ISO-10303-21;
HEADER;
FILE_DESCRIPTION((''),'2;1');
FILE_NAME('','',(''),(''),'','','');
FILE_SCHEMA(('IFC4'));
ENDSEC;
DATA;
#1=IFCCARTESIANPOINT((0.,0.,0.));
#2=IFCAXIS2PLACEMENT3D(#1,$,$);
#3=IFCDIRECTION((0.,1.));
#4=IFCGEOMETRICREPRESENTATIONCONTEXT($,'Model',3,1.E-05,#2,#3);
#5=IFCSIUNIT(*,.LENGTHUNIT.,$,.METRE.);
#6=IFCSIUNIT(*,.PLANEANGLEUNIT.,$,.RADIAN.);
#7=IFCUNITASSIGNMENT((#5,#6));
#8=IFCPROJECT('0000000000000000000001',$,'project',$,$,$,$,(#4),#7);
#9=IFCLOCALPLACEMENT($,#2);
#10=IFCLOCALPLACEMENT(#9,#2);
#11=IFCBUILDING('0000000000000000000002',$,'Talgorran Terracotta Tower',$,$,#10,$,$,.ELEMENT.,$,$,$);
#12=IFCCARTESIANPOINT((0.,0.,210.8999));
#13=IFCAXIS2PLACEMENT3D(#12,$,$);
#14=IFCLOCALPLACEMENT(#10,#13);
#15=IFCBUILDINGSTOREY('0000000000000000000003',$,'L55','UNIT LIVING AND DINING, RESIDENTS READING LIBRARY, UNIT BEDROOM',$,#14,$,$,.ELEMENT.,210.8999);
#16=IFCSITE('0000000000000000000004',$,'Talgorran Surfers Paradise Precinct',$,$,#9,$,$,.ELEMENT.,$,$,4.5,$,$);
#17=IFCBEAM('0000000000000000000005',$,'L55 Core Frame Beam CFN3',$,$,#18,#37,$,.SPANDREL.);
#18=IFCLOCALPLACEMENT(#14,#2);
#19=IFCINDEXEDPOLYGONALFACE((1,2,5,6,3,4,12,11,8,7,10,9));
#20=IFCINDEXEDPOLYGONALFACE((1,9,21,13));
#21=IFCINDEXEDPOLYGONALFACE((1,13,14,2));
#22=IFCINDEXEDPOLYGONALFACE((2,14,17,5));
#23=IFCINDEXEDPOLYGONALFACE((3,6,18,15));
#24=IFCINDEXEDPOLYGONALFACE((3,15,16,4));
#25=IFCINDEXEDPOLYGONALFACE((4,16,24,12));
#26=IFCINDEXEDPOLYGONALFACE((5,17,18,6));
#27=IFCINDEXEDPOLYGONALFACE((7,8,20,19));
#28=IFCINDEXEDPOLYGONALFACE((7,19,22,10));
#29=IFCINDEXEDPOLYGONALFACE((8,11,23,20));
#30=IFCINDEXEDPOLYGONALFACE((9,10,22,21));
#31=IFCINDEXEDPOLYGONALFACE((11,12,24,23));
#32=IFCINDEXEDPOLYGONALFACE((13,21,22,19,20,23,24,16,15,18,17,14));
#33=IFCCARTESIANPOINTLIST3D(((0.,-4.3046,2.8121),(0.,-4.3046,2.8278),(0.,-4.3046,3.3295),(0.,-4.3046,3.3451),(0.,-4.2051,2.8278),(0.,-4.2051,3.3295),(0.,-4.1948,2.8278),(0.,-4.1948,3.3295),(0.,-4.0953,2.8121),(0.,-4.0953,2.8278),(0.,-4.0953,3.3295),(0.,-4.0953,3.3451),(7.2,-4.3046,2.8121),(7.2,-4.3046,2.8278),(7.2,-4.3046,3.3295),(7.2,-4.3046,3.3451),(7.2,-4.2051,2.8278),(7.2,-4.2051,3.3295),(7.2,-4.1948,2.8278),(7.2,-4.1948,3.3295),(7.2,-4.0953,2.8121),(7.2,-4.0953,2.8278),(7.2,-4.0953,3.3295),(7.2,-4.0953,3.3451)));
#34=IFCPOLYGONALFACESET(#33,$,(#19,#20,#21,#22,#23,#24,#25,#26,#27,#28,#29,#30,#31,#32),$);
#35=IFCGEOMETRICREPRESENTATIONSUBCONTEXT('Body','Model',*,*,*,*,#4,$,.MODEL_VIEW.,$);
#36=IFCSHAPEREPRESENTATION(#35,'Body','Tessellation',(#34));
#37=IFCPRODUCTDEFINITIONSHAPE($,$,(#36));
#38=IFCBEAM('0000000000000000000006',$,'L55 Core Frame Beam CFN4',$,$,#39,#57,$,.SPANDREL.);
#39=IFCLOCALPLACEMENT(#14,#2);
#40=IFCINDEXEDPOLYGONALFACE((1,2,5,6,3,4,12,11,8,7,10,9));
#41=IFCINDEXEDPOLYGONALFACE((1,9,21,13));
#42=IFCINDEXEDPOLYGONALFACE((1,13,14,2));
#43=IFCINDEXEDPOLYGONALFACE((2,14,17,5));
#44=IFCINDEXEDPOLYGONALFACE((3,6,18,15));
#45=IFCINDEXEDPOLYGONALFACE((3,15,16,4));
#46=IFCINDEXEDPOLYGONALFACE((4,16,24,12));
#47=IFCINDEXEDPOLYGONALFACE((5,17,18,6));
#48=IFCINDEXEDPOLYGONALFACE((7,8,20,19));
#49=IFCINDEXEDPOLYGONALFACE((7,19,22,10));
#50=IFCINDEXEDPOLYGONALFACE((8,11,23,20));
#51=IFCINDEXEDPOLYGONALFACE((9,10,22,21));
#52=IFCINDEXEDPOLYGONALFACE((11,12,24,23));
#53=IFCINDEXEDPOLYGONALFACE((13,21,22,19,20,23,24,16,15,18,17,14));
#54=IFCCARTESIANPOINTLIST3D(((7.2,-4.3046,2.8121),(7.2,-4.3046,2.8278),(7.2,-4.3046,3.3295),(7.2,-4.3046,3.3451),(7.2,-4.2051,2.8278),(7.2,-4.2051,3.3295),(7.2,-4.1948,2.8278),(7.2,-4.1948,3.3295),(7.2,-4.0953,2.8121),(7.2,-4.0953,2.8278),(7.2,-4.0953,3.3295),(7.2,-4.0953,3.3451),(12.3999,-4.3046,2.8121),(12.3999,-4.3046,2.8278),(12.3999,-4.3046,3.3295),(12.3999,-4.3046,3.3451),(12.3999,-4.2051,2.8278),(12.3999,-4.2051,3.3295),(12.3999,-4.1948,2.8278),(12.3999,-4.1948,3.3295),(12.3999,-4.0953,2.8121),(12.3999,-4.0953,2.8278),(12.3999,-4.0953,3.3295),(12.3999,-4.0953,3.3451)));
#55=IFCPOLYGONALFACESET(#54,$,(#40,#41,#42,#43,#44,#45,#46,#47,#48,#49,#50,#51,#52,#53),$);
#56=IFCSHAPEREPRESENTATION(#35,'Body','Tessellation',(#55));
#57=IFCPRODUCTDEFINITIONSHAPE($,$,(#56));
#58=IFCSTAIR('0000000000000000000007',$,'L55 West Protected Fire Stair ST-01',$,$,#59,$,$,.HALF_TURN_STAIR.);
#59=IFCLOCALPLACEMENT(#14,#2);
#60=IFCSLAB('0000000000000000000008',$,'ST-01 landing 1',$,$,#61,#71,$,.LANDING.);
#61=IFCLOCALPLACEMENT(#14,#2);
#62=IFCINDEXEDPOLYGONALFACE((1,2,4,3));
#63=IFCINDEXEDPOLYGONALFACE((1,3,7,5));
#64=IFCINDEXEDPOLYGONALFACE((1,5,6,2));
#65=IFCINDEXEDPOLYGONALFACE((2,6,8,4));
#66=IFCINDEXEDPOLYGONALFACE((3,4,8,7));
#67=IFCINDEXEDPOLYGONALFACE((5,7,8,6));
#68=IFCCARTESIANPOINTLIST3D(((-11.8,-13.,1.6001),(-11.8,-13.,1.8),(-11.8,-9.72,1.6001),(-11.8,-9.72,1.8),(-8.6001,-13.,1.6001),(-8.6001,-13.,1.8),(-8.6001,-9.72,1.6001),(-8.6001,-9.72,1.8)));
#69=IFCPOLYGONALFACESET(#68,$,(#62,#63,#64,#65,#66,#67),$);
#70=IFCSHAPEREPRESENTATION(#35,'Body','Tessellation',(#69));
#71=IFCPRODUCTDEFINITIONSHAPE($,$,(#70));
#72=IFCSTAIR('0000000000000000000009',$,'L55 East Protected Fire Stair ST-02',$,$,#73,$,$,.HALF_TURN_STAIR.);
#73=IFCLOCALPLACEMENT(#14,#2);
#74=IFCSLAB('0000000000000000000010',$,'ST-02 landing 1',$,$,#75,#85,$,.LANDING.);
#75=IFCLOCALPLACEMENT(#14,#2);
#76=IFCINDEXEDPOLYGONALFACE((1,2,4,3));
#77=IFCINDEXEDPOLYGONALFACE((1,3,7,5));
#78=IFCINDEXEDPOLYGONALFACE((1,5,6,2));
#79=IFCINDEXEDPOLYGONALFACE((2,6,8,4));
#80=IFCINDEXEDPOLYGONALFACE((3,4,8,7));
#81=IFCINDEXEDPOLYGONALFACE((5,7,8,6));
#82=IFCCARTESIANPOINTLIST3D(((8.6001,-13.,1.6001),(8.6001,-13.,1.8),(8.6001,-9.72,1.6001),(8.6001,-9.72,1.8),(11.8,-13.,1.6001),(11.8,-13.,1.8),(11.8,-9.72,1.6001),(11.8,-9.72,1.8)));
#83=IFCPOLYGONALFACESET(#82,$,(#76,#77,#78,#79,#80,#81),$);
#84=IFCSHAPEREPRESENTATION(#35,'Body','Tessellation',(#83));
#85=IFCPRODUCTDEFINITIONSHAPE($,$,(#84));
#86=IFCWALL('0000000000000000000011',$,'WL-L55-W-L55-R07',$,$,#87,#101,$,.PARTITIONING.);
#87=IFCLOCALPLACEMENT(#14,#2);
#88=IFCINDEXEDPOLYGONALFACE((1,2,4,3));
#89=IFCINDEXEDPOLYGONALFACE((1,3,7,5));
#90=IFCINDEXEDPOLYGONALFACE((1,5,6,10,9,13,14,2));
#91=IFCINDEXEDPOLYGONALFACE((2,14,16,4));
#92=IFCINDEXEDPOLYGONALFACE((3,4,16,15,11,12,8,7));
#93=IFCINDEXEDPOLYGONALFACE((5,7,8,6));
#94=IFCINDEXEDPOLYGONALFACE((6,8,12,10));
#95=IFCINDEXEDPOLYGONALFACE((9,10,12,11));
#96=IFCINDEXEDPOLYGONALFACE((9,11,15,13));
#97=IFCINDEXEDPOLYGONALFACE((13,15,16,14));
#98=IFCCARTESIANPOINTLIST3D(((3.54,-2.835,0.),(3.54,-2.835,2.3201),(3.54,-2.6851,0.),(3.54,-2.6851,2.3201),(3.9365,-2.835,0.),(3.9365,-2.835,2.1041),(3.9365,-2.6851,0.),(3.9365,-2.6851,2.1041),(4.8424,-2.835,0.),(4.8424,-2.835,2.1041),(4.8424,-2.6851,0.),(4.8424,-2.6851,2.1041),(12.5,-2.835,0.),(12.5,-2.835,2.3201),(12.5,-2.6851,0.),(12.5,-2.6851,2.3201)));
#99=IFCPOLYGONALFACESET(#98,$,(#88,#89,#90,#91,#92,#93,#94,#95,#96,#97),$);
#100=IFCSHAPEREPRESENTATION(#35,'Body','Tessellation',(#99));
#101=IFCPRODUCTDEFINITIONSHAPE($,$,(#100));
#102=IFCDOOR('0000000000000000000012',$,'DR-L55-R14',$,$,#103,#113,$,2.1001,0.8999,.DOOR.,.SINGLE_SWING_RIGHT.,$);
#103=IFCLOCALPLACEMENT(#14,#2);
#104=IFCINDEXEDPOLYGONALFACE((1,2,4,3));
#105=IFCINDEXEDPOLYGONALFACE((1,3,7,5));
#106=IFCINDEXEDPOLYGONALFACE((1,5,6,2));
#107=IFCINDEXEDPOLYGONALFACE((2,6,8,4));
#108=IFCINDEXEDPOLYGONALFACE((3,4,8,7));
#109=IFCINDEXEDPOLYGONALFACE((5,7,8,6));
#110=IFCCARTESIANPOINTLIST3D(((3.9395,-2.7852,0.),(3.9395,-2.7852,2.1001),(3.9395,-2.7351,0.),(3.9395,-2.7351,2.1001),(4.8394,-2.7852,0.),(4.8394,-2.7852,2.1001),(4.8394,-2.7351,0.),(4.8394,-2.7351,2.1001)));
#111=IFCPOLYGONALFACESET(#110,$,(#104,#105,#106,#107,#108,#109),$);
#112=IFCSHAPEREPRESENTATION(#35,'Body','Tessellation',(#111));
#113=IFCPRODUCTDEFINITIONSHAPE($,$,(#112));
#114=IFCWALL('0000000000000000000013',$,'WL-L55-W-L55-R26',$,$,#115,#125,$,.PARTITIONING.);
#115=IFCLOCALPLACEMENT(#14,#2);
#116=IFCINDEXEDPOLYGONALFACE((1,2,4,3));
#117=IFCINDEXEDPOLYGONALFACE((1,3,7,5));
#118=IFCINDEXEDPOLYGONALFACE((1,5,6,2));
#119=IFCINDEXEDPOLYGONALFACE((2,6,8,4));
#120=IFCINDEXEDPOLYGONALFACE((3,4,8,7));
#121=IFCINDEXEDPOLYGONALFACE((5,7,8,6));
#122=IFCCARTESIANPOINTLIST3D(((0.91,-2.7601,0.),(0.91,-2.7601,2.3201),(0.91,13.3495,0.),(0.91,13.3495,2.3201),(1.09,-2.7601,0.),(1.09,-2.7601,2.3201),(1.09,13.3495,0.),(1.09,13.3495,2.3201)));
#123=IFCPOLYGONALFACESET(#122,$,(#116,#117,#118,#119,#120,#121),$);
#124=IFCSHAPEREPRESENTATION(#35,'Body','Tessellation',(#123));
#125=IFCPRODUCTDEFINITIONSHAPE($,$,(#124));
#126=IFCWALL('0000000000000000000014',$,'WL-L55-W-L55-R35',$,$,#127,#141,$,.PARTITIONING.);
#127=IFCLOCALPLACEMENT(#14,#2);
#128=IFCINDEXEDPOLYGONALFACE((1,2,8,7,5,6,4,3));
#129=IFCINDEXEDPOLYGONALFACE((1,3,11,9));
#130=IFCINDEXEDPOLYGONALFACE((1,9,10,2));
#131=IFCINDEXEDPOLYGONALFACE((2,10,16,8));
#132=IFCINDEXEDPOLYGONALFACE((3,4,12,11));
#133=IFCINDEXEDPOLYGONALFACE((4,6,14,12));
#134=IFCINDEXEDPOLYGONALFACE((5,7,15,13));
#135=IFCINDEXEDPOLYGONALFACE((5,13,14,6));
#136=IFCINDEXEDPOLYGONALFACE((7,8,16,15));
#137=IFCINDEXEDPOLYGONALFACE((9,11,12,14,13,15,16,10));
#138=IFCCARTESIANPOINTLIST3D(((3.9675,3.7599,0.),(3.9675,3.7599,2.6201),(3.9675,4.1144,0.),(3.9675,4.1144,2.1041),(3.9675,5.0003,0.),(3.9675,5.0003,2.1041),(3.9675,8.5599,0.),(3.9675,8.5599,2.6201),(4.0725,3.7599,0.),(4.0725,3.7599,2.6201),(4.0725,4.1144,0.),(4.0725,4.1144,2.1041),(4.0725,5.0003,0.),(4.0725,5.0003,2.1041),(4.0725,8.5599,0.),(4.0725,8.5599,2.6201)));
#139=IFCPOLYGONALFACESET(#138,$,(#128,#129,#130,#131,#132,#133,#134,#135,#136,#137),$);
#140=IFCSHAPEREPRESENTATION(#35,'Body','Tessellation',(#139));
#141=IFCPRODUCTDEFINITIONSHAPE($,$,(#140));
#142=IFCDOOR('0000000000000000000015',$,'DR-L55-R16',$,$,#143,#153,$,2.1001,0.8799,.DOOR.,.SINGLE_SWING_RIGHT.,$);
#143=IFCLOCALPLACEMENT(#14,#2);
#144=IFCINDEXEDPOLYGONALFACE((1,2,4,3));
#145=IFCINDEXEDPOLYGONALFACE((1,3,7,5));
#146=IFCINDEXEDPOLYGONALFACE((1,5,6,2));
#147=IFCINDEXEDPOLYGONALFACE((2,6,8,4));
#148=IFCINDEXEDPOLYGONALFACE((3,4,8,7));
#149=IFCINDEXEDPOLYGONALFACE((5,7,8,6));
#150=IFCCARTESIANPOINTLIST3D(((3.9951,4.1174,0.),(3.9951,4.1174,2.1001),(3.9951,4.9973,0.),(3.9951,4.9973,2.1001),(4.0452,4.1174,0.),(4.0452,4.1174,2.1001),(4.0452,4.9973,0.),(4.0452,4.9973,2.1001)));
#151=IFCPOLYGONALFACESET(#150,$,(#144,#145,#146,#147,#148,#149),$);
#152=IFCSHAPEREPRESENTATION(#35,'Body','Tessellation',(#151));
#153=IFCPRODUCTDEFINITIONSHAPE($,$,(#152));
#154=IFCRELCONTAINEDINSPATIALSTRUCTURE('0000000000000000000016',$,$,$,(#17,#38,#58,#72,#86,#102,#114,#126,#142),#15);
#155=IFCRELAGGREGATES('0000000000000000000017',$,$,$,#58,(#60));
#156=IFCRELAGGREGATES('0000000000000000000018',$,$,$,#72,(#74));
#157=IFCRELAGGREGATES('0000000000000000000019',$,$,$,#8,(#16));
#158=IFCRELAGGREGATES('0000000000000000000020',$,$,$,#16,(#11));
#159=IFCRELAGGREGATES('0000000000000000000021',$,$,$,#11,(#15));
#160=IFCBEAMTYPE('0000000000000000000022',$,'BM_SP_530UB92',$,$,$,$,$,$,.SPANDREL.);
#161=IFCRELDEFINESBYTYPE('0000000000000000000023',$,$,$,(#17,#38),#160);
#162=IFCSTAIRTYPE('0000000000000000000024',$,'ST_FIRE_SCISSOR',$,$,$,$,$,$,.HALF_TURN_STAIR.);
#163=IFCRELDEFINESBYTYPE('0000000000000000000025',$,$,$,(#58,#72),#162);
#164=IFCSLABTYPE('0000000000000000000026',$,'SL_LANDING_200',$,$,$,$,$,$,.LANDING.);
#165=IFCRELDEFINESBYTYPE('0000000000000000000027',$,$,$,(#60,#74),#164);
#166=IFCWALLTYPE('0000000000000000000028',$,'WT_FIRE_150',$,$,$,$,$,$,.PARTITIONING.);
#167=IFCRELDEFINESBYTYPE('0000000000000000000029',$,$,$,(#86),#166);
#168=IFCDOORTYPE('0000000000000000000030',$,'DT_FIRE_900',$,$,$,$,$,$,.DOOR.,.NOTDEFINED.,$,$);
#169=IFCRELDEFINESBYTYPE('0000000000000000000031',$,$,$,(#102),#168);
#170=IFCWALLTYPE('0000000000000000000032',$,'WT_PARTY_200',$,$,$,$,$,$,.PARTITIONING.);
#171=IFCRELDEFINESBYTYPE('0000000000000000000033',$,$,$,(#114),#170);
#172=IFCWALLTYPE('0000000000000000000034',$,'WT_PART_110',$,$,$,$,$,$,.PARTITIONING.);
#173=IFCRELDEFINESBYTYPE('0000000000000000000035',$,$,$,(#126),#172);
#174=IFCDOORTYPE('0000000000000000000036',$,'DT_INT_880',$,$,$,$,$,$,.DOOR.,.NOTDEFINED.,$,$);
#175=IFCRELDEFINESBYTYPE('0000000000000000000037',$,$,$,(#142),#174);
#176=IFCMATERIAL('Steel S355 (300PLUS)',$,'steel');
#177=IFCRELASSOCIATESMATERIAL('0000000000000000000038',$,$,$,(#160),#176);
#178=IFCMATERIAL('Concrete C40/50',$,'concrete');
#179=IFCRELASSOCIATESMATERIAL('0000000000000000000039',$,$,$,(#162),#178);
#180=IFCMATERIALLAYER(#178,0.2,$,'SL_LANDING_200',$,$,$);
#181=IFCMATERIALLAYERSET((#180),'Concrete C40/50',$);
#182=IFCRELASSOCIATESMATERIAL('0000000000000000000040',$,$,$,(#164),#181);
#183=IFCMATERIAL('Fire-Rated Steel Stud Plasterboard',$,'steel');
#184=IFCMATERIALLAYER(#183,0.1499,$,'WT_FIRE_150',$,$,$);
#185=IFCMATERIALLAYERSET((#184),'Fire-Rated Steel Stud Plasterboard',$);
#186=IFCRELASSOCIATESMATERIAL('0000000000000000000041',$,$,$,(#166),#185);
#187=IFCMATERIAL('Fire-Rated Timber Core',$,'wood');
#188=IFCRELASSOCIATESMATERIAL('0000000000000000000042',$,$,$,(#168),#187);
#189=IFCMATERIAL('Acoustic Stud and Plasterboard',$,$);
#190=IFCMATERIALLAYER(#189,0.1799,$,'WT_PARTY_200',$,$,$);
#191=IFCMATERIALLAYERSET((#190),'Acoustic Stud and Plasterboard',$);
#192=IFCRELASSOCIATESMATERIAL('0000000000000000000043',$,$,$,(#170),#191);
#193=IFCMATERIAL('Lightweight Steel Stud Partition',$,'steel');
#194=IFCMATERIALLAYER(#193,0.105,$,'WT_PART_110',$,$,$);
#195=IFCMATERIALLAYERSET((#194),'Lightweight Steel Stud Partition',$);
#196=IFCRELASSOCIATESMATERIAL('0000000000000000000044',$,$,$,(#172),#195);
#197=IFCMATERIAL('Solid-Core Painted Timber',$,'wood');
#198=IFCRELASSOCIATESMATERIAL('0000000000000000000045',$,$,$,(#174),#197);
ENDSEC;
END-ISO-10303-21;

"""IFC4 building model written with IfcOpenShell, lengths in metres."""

from ifc_helpers import new_model, si_unit, direction, frame, frame_2d, origin, origin_2d, place, context, subcontext, project, spatial, polyline, rectangle, i_section, outline, extrude, material, layer, layer_set, material_profile, profile_set, type_object, element, fill, aggregate, save


model = new_model("IFC4")

# Units and contexts
model_context = context("Model", 3, precision=1e-05, world=origin(), true_north=direction((0.0, 1.0)))
body_context = subcontext(model_context, "Body", "Model", "MODEL_VIEW")
ifc_project = project(units=[si_unit("LENGTHUNIT", "METRE"), si_unit("PLANEANGLEUNIT", "RADIAN")], contexts=[model_context])

# Site, building, storey
site_placement = place(None, origin())
site = spatial("IfcSite", under=ifc_project, at=site_placement, Name="Talgorran Surfers Paradise Precinct", CompositionType="ELEMENT", RefElevation=4.5)
building_placement = place(site_placement, origin())
building = spatial("IfcBuilding", under=site, at=building_placement, Name="Talgorran Terracotta Tower", CompositionType="ELEMENT")
storey_placement = place(building_placement, frame((0.0, 0.0, 210.8999)))
storey = spatial("IfcBuildingStorey", under=building, at=storey_placement, Name="L55", Description="UNIT LIVING AND DINING, RESIDENTS READING LIBRARY, UNIT BEDROOM", CompositionType="ELEMENT", Elevation=210.8999)

# Shared definitions
ifc_material_1 = material(Name="Steel S355 (300PLUS)", Category="steel")

# Beams
ifc_material_profile_1 = material_profile(ifc_material_1, i_section(OverallWidth=0.2092, OverallDepth=0.533, WebThickness=0.0103, FlangeThickness=0.0156, at=origin_2d()), Name="530UB92.4")
ifc_profile_set_1 = profile_set([ifc_material_profile_1], Name="Steel S355 (300PLUS)")
beam_type_1 = type_object("IfcBeamType", Name="BM_SP_530UB92", PredefinedType="SPANDREL", material=ifc_profile_set_1)
beam_1_placement = place(storey_placement, frame((0.0, -4.2, 3.0786), z_axis=(1.0, 0.0, 0.0), x_axis=(0.0, 1.0, 0.0)))
element("IfcBeam", 1, at=beam_1_placement, inside=storey, type_object=beam_type_1, Name="L55 Core Frame Beam CFN3", PredefinedType="SPANDREL", context=body_context, shape_type="SweptSolid", body=[
    extrude(i_section(OverallWidth=0.2092, OverallDepth=0.533, WebThickness=0.0103, FlangeThickness=0.0156, at=origin_2d()), origin(), (0.0, 0.0, 1.0), 7.2),
])
beam_2_placement = place(storey_placement, frame((7.2, -4.2, 3.0786), z_axis=(1.0, 0.0, 0.0), x_axis=(0.0, 1.0, 0.0)))
element("IfcBeam", 2, at=beam_2_placement, inside=storey, type_object=beam_type_1, Name="L55 Core Frame Beam CFN4", PredefinedType="SPANDREL", context=body_context, shape_type="SweptSolid", body=[
    extrude(i_section(OverallWidth=0.2092, OverallDepth=0.533, WebThickness=0.0103, FlangeThickness=0.0156, at=origin_2d()), origin(), (0.0, 0.0, 1.0), 5.2),
])

# Stairs, slabs
ifc_material_2 = material(Name="Concrete C40/50", Category="concrete")
stair_type = type_object("IfcStairType", Name="ST_FIRE_SCISSOR", PredefinedType="HALF_TURN_STAIR", material=ifc_material_2)
stair_1_placement = place(storey_placement, origin())
stair_1 = element("IfcStair", 3, at=stair_1_placement, inside=storey, type_object=stair_type, Name="L55 West Protected Fire Stair ST-01", PredefinedType="HALF_TURN_STAIR")
ifc_layer_1 = layer(ifc_material_2, 0.2, Name="SL_LANDING_200")
ifc_layer_set_1 = layer_set([ifc_layer_1], Name="Concrete C40/50")
slab_type = type_object("IfcSlabType", Name="SL_LANDING_200", PredefinedType="LANDING", material=ifc_layer_set_1)
slab_1_placement = place(storey_placement, frame((0.0, 0.0, 1.6001)))
slab_1 = element("IfcSlab", 4, at=slab_1_placement, type_object=slab_type, Name="ST-01 landing 1", PredefinedType="LANDING", context=body_context, shape_type="SweptSolid", body=[
    extrude(outline(polyline([(-11.8, -9.72), (-11.8, -13.0), (-8.6001, -13.0), (-8.6001, -9.72), (-11.8, -9.72)])), origin(), (0.0, 0.0, 1.0), 0.2),
])
aggregate(stair_1, [slab_1])
stair_2_placement = place(storey_placement, origin())
stair_2 = element("IfcStair", 5, at=stair_2_placement, inside=storey, type_object=stair_type, Name="L55 East Protected Fire Stair ST-02", PredefinedType="HALF_TURN_STAIR")
slab_2_placement = place(storey_placement, frame((0.0, 0.0, 1.6001)))
slab_2 = element("IfcSlab", 6, at=slab_2_placement, type_object=slab_type, Name="ST-02 landing 1", PredefinedType="LANDING", context=body_context, shape_type="SweptSolid", body=[
    extrude(outline(polyline([(8.6001, -9.72), (8.6001, -13.0), (11.8, -13.0), (11.8, -9.72), (8.6001, -9.72)])), origin(), (0.0, 0.0, 1.0), 0.2),
])
aggregate(stair_2, [slab_2])

# Wall, opening, door
ifc_material_3 = material(Name="Fire-Rated Steel Stud Plasterboard", Category="steel")
ifc_layer_2 = layer(ifc_material_3, 0.1499, Name="WT_FIRE_150")
ifc_layer_set_2 = layer_set([ifc_layer_2], Name="Fire-Rated Steel Stud Plasterboard")
wall_type_1 = type_object("IfcWallType", Name="WT_FIRE_150", PredefinedType="PARTITIONING", material=ifc_layer_set_2)
wall_1_placement = place(storey_placement, frame((3.54, -2.76, 0.0), z_axis=(0.0, 0.0, 1.0), x_axis=(1.0, 0.0, 0.0)))
wall_1 = element("IfcWall", 7, at=wall_1_placement, inside=storey, type_object=wall_type_1, Name="WL-L55-W-L55-R07", PredefinedType="PARTITIONING", context=body_context, shape_type="SweptSolid", body=[
    extrude(rectangle(XDim=8.96, YDim=0.1499, at=frame_2d((4.48, 0.0))), origin(), (0.0, 0.0, 1.0), 2.3201),
])
opening_1_placement = place(wall_1_placement, frame((0.3994, 0.0, 0.0)))
opening_1 = element("IfcOpeningElement", 8, at=opening_1_placement, cuts=wall_1, PredefinedType="OPENING", context=body_context, shape_type="SweptSolid", body=[
    extrude(rectangle(XDim=0.9059, YDim=2.1041, at=frame_2d((0.45, 1.052))), frame((0.0, 0.085, 0.0), z_axis=(0.0, -1.0, 0.0), x_axis=(1.0, 0.0, 0.0)), (0.0, 0.0, 1.0), 0.1699),
])
ifc_material_4 = material(Name="Fire-Rated Timber Core", Category="wood")
door_type_1 = type_object("IfcDoorType", Name="DT_FIRE_900", OperationType="NOTDEFINED", PredefinedType="DOOR", material=ifc_material_4)
door_1_placement = place(opening_1_placement, origin())
door_1 = element("IfcDoor", 9, at=door_1_placement, inside=storey, type_object=door_type_1, Name="DR-L55-R14", OperationType="SINGLE_SWING_RIGHT", OverallHeight=2.1001, OverallWidth=0.8999, PredefinedType="DOOR", context=body_context, shape_type="SweptSolid", body=[
    extrude(rectangle(XDim=0.8999, YDim=2.1001, at=frame_2d((0.45, 1.05))), frame((0.0, 0.0249, 0.0), z_axis=(0.0, -1.0, 0.0), x_axis=(1.0, 0.0, 0.0)), (0.0, 0.0, 1.0), 0.05),
])
fill(opening_1, door_1)

# Wall
ifc_material_5 = material(Name="Acoustic Stud and Plasterboard")
ifc_layer_3 = layer(ifc_material_5, 0.1799, Name="WT_PARTY_200")
ifc_layer_set_3 = layer_set([ifc_layer_3], Name="Acoustic Stud and Plasterboard")
wall_type_2 = type_object("IfcWallType", Name="WT_PARTY_200", PredefinedType="PARTITIONING", material=ifc_layer_set_3)
wall_2_placement = place(storey_placement, frame((1.0, -2.76, 0.0), z_axis=(0.0, 0.0, 1.0), x_axis=(0.0, 1.0, 0.0)))
element("IfcWall", 10, at=wall_2_placement, inside=storey, type_object=wall_type_2, Name="WL-L55-W-L55-R26", PredefinedType="PARTITIONING", context=body_context, shape_type="SweptSolid", body=[
    extrude(rectangle(XDim=16.1096, YDim=0.1799, at=frame_2d((8.0547, 0.0))), origin(), (0.0, 0.0, 1.0), 2.3201),
])

# Wall, opening, door
ifc_material_6 = material(Name="Lightweight Steel Stud Partition", Category="steel")
ifc_layer_4 = layer(ifc_material_6, 0.105, Name="WT_PART_110")
ifc_layer_set_4 = layer_set([ifc_layer_4], Name="Lightweight Steel Stud Partition")
wall_type_3 = type_object("IfcWallType", Name="WT_PART_110", PredefinedType="PARTITIONING", material=ifc_layer_set_4)
wall_3_placement = place(storey_placement, frame((4.02, 3.76, 0.0), z_axis=(0.0, 0.0, 1.0), x_axis=(0.0, 1.0, 0.0)))
wall_3 = element("IfcWall", 11, at=wall_3_placement, inside=storey, type_object=wall_type_3, Name="WL-L55-W-L55-R35", PredefinedType="PARTITIONING", context=body_context, shape_type="SweptSolid", body=[
    extrude(rectangle(XDim=4.8, YDim=0.105, at=frame_2d((2.3999, 0.0))), origin(), (0.0, 0.0, 1.0), 2.6201),
])
opening_2_placement = place(wall_3_placement, frame((0.3574, 0.0, 0.0)))
opening_2 = element("IfcOpeningElement", 12, at=opening_2_placement, cuts=wall_3, PredefinedType="OPENING", context=body_context, shape_type="SweptSolid", body=[
    extrude(rectangle(XDim=0.8859, YDim=2.1041, at=frame_2d((0.4399, 1.052))), frame((0.0, 0.0625, 0.0), z_axis=(0.0, -1.0, 0.0), x_axis=(1.0, 0.0, 0.0)), (0.0, 0.0, 1.0), 0.125),
])
ifc_material_7 = material(Name="Solid-Core Painted Timber", Category="wood")
door_type_2 = type_object("IfcDoorType", Name="DT_INT_880", OperationType="NOTDEFINED", PredefinedType="DOOR", material=ifc_material_7)
door_2_placement = place(opening_2_placement, origin())
door_2 = element("IfcDoor", 13, at=door_2_placement, inside=storey, type_object=door_type_2, Name="DR-L55-R16", OperationType="SINGLE_SWING_RIGHT", OverallHeight=2.1001, OverallWidth=0.8799, PredefinedType="DOOR", context=body_context, shape_type="SweptSolid", body=[
    extrude(rectangle(XDim=0.8799, YDim=2.1001, at=frame_2d((0.4399, 1.05))), frame((0.0, 0.0249, 0.0), z_axis=(0.0, -1.0, 0.0), x_axis=(1.0, 0.0, 0.0)), (0.0, 0.0, 1.0), 0.05),
])
fill(opening_2, door_2)

save(model, "model.ifc")
